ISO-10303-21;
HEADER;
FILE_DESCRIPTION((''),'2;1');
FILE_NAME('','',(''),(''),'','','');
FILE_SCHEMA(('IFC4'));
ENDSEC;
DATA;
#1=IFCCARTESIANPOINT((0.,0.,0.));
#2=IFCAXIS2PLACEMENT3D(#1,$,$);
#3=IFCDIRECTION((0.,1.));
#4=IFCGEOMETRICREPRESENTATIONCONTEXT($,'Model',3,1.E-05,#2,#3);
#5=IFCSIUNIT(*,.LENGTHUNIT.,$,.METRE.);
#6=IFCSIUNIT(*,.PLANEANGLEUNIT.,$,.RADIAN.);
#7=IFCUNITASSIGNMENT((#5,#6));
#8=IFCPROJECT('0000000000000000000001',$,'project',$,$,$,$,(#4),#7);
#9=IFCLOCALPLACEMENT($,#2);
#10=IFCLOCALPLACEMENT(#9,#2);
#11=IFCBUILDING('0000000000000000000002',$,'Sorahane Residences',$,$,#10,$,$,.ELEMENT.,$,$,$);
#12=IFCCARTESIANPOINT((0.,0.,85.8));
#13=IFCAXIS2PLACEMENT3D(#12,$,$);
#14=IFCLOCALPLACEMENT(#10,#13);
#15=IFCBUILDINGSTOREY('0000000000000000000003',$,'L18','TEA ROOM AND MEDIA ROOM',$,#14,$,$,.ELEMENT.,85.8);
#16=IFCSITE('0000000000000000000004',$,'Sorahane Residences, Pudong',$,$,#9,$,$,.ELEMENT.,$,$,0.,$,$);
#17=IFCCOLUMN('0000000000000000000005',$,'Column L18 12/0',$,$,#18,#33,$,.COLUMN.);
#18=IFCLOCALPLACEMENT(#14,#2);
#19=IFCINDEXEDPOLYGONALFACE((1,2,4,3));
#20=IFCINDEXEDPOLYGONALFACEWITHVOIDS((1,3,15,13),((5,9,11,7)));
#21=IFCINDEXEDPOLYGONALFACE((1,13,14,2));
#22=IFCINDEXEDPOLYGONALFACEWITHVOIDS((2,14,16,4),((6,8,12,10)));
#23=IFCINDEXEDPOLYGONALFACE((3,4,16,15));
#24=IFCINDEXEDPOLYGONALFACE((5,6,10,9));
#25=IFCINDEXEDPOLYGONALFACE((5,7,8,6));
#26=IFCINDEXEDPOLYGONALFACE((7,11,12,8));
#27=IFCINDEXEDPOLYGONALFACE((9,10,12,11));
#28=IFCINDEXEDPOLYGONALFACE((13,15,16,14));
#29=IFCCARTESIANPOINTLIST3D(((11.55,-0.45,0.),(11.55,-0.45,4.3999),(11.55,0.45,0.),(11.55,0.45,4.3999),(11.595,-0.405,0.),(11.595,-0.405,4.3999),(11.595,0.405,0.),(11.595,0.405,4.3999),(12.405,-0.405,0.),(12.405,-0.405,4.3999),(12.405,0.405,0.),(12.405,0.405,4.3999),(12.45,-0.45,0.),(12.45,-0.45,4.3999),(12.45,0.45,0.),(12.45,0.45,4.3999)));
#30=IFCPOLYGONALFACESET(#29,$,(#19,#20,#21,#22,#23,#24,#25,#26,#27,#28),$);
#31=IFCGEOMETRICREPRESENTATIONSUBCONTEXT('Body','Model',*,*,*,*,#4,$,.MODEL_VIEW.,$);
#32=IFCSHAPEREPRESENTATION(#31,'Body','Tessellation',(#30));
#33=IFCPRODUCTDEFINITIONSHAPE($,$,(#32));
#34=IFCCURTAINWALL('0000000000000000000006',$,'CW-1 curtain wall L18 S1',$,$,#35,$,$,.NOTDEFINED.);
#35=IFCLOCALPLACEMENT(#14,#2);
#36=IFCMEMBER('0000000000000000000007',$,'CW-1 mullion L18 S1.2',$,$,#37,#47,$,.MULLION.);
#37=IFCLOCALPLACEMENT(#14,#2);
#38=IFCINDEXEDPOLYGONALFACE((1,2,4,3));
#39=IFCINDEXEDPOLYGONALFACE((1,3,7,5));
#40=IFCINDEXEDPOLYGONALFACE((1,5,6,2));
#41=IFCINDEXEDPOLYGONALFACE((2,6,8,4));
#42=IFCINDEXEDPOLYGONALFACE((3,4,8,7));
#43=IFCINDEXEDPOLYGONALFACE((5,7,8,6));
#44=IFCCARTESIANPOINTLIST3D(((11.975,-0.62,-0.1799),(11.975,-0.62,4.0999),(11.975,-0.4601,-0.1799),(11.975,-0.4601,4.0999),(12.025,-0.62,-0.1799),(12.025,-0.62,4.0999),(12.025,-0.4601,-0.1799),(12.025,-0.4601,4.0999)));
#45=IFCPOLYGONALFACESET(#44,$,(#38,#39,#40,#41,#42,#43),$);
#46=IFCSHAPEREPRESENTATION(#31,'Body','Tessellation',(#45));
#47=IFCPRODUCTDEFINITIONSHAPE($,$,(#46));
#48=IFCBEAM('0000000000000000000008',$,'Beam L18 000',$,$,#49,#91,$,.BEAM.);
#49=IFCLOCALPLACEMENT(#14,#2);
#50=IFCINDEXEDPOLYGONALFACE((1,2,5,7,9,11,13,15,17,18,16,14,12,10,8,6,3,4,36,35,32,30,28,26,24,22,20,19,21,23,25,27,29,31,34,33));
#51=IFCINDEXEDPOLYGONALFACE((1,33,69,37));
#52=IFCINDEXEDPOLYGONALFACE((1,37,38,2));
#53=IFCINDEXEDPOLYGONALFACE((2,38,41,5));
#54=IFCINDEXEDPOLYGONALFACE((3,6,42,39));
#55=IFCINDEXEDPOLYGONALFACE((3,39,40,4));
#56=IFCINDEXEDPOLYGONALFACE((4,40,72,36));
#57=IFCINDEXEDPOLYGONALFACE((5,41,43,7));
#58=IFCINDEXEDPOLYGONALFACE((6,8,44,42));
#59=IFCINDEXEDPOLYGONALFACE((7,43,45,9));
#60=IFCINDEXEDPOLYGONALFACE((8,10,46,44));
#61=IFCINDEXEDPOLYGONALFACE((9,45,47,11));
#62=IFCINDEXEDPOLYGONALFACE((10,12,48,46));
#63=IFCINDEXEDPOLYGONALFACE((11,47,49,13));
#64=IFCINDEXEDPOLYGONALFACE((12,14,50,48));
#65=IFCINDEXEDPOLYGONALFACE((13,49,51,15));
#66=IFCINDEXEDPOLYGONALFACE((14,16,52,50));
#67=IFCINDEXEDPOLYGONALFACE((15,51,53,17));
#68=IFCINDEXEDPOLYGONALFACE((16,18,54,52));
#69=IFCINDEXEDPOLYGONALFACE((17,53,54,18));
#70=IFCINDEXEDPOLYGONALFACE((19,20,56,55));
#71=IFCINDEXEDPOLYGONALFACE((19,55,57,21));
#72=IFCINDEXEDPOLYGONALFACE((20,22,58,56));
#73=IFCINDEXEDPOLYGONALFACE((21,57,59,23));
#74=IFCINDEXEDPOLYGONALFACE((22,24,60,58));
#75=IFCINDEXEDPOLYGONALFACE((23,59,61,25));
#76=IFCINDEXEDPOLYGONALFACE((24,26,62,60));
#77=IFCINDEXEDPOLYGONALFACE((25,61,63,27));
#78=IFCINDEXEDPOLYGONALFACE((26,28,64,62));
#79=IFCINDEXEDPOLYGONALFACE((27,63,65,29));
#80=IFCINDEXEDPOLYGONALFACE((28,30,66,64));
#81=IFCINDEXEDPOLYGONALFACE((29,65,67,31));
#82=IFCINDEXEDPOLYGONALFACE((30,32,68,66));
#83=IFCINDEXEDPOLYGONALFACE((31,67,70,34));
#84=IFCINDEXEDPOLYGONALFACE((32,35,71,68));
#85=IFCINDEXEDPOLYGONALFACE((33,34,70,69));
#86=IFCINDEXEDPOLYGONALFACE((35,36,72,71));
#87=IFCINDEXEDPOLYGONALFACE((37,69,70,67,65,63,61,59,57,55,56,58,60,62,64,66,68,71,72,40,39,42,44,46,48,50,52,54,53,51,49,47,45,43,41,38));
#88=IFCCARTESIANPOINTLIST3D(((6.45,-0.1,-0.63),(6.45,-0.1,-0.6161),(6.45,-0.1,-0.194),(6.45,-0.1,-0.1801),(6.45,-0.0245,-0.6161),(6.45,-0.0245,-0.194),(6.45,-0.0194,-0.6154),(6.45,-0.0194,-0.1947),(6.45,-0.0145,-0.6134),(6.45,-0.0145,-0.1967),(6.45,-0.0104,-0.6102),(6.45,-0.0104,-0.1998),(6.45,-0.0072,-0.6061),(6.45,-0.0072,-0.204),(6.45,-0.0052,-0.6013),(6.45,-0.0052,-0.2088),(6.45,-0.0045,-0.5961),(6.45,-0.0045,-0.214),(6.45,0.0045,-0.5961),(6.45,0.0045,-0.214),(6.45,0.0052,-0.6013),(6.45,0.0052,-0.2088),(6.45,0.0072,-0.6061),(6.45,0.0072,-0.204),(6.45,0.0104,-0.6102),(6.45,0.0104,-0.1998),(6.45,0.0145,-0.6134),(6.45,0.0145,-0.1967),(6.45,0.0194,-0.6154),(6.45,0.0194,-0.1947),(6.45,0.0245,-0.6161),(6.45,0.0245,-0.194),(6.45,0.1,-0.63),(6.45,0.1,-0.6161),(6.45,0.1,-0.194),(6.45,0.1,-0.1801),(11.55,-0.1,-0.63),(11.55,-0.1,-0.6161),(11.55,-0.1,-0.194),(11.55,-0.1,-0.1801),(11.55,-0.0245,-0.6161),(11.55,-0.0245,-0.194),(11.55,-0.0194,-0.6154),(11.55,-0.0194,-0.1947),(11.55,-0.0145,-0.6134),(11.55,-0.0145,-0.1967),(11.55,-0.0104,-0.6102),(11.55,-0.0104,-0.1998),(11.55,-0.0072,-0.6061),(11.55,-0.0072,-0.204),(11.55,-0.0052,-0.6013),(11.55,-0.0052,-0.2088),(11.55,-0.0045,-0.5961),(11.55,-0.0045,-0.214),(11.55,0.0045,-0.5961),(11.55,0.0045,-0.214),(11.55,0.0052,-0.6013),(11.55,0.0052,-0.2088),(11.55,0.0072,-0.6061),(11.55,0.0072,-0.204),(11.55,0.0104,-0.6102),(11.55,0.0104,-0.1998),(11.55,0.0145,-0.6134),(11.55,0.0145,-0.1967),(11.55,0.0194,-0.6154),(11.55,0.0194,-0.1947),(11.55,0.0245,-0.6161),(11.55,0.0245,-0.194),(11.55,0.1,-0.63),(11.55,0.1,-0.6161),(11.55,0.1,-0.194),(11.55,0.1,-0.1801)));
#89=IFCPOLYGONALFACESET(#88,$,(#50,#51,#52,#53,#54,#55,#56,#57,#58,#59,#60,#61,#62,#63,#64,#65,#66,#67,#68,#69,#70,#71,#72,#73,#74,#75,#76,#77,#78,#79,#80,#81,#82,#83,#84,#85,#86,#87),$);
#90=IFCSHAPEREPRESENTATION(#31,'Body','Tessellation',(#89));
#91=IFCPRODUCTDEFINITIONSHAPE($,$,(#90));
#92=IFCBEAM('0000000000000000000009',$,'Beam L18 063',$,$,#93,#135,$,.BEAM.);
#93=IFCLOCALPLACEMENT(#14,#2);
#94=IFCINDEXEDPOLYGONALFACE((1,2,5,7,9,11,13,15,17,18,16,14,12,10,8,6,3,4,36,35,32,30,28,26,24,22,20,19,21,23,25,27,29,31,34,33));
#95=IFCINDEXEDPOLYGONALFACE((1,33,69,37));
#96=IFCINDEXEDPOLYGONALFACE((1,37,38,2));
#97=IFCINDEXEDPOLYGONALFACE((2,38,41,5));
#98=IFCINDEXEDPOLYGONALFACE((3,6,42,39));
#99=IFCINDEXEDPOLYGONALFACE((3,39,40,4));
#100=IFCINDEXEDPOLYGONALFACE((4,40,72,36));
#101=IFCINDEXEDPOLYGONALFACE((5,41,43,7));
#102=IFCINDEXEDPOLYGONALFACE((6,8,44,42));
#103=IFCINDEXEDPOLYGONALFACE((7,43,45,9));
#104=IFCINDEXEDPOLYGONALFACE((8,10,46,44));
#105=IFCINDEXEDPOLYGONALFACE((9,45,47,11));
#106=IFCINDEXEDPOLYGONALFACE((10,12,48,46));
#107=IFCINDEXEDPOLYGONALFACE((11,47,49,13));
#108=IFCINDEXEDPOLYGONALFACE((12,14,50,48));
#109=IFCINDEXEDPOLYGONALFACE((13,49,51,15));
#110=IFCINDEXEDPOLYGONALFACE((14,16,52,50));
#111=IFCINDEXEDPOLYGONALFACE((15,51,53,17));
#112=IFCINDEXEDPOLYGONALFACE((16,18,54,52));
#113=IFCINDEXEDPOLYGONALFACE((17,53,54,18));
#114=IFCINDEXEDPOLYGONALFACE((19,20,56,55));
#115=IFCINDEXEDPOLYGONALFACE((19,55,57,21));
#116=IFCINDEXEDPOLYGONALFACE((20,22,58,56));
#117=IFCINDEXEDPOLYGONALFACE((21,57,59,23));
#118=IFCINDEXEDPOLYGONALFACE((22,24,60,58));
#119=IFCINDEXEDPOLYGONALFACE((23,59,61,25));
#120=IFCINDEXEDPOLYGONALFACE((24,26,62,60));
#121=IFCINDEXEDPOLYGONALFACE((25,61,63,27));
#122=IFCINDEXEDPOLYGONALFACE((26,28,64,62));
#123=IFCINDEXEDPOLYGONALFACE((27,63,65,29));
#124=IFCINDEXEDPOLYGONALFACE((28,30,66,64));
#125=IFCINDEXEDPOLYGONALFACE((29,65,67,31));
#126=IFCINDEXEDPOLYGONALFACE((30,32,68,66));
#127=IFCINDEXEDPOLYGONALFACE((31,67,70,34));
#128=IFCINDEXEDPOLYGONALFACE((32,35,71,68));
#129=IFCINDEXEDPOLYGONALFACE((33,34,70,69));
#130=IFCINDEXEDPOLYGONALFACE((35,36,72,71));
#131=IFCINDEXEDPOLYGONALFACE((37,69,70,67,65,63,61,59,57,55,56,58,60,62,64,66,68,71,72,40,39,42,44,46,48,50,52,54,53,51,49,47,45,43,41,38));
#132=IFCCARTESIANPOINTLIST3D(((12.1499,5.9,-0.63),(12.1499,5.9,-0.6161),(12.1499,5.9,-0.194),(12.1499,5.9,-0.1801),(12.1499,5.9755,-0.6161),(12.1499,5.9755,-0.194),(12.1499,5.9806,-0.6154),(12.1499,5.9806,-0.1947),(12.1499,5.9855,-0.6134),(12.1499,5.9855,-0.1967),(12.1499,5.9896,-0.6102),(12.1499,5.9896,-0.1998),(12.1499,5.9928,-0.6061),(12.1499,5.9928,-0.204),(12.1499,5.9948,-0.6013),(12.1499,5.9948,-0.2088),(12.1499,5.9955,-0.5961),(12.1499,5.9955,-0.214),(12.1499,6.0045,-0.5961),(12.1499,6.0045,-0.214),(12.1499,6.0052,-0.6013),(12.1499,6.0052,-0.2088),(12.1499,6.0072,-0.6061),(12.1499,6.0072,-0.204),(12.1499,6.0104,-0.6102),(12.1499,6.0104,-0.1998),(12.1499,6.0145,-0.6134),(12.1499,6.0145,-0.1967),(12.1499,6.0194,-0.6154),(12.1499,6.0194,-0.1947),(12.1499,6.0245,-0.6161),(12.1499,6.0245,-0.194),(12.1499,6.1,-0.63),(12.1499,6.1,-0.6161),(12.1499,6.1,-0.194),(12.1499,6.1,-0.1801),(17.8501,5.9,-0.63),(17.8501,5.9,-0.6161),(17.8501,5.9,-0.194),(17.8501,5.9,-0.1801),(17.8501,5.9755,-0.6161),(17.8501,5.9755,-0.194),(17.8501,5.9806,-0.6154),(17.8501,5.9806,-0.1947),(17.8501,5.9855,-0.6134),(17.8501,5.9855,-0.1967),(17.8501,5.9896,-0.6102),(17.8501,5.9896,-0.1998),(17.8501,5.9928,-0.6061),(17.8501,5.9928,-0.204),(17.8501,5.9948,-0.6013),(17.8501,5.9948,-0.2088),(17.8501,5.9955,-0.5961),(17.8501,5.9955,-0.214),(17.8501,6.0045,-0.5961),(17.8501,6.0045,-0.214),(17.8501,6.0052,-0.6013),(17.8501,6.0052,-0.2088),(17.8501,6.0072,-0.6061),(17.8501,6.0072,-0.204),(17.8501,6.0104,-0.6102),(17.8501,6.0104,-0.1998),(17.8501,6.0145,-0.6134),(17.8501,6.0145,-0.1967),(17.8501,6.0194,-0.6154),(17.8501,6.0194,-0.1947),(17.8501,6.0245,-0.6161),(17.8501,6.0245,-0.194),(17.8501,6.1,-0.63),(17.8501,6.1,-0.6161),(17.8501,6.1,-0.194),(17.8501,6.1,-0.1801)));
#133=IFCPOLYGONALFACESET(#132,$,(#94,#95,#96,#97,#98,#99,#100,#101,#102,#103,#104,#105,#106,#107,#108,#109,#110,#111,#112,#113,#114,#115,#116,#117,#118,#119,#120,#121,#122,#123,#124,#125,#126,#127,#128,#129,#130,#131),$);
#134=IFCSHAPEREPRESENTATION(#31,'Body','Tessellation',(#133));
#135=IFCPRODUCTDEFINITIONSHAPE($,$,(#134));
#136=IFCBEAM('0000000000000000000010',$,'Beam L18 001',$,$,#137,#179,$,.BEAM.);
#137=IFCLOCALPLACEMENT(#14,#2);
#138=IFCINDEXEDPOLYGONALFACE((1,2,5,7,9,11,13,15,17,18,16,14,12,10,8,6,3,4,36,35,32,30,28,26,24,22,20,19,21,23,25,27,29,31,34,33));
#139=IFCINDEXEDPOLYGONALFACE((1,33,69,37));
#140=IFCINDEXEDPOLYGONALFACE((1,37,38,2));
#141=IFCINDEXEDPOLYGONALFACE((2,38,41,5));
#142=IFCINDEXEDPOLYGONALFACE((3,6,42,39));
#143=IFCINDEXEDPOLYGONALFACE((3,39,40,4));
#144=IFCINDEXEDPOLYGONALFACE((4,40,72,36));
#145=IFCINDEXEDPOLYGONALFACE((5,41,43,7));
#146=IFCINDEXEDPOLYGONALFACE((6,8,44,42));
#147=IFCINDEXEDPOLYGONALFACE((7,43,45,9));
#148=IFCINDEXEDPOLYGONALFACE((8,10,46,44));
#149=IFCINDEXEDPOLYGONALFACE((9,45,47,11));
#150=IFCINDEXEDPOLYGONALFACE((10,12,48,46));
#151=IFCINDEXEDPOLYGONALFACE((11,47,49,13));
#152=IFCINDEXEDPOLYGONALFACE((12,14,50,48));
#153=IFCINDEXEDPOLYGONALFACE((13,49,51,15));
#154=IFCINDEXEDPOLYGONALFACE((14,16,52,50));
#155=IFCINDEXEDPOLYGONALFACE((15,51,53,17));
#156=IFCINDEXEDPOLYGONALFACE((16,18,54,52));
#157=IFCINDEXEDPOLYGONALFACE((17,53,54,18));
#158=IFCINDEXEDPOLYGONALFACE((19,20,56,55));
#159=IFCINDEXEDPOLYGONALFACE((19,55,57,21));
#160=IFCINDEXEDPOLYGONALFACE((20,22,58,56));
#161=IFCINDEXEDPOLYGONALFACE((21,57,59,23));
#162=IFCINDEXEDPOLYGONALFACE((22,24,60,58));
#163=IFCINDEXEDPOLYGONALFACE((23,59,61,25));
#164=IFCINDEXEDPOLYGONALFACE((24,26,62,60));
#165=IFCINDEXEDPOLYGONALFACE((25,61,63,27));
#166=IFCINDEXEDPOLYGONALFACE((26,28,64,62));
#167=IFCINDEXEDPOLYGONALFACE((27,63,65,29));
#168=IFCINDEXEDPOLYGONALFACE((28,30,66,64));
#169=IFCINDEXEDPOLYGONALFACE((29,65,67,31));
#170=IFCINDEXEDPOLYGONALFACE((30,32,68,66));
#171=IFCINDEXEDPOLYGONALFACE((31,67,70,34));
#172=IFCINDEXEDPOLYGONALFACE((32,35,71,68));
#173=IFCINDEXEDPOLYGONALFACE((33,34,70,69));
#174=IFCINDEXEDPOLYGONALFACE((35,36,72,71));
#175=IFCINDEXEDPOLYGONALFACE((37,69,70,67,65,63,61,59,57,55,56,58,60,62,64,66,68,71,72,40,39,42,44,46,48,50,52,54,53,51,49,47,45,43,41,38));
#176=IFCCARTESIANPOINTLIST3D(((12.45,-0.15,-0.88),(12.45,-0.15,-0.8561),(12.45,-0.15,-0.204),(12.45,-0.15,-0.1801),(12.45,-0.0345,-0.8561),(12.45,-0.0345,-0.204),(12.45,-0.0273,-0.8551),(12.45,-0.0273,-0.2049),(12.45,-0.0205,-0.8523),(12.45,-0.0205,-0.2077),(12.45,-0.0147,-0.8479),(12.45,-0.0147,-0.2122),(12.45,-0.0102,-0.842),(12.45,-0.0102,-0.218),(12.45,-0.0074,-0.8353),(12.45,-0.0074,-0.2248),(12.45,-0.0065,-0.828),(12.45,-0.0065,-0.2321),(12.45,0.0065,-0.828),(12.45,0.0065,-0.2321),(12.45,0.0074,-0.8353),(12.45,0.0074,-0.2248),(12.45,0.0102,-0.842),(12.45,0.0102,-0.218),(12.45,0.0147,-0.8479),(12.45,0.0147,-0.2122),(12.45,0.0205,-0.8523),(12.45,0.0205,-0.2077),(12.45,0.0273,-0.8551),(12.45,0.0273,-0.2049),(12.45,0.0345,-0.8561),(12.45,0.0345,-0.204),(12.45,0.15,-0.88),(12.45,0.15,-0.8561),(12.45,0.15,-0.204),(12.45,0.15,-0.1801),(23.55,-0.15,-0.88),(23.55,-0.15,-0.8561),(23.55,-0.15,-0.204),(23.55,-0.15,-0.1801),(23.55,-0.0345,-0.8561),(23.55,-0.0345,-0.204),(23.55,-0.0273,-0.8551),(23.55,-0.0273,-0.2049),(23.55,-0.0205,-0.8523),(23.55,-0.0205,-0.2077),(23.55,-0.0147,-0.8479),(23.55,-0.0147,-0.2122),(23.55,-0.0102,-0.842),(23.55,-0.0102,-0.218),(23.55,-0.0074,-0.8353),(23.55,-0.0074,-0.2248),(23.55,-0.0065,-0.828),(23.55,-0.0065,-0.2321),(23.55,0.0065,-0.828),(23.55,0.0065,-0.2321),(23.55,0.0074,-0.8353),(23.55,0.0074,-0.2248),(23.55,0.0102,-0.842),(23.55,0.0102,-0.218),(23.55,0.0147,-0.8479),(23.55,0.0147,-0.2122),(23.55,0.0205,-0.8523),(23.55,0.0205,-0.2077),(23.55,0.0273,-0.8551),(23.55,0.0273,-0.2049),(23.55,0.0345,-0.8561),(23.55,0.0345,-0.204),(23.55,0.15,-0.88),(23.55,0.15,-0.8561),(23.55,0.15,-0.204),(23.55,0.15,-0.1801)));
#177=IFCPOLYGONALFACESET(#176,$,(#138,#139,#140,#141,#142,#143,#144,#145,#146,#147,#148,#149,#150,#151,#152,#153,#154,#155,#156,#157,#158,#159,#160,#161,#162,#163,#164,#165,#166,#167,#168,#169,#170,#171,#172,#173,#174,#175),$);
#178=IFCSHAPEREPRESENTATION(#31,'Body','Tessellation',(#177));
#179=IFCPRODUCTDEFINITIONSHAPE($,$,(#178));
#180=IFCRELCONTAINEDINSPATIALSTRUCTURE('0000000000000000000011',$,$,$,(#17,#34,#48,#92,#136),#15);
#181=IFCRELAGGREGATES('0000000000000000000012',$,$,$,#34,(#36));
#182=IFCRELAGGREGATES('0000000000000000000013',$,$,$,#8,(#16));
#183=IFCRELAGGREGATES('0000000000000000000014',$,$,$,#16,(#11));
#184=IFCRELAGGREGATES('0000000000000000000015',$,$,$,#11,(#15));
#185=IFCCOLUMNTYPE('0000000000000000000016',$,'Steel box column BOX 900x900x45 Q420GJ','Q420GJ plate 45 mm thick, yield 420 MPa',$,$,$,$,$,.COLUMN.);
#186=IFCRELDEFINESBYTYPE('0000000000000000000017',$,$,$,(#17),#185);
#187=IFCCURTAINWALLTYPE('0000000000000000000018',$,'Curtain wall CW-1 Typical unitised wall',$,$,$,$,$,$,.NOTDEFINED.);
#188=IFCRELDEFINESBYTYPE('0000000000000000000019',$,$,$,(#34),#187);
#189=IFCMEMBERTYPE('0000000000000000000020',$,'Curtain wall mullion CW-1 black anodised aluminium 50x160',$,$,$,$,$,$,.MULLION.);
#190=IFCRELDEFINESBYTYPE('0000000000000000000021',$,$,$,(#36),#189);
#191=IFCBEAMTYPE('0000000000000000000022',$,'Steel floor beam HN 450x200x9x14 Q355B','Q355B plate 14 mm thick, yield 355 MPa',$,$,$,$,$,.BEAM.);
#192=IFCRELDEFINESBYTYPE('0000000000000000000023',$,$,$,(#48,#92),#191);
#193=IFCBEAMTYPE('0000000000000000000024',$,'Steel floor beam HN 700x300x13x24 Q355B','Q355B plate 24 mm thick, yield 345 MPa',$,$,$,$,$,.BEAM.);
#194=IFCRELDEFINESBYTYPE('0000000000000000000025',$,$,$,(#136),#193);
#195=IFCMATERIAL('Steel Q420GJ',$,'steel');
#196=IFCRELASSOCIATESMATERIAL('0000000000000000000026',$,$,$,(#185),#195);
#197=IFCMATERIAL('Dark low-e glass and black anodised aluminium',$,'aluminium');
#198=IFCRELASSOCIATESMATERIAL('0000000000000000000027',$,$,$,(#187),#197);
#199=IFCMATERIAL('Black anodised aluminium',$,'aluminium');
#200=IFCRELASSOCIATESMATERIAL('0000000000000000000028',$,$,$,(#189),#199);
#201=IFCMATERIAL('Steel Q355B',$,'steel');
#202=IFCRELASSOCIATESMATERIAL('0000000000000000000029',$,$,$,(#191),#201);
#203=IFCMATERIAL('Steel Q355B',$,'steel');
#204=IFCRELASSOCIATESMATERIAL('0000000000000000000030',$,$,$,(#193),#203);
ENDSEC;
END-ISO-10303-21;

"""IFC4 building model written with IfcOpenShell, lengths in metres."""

from ifc_helpers import new_model, si_unit, direction, frame, origin, origin_2d, place, context, subcontext, project, spatial, rectangle, hollow_rectangle, i_section, extrude, material, material_profile, profile_set, type_object, element, aggregate, save


model = new_model("IFC4")

# Units and contexts
model_context = context("Model", 3, precision=1e-05, world=origin(), true_north=direction((0.0, 1.0)))
body_context = subcontext(model_context, "Body", "Model", "MODEL_VIEW")
ifc_project = project(units=[si_unit("LENGTHUNIT", "METRE"), si_unit("PLANEANGLEUNIT", "RADIAN")], contexts=[model_context])

# Site, building, storey
site_placement = place(None, origin())
site = spatial("IfcSite", under=ifc_project, at=site_placement, Name="Sorahane Residences, Pudong", CompositionType="ELEMENT", RefElevation=0.0)
building_placement = place(site_placement, origin())
building = spatial("IfcBuilding", under=site, at=building_placement, Name="Sorahane Residences", CompositionType="ELEMENT")
storey_placement = place(building_placement, frame((0.0, 0.0, 85.8)))
storey = spatial("IfcBuildingStorey", under=building, at=storey_placement, Name="L18", Description="TEA ROOM AND MEDIA ROOM", CompositionType="ELEMENT", Elevation=85.8)

# Column
ifc_material_1 = material(Name="Steel Q420GJ", Category="steel")
ifc_material_profile_1 = material_profile(ifc_material_1, hollow_rectangle(XDim=0.8999, YDim=0.8999, WallThickness=0.0449, at=origin_2d()), Name="BOX 900x900x45")
ifc_profile_set_1 = profile_set([ifc_material_profile_1], Name="Steel Q420GJ")
column_type = type_object("IfcColumnType", Name="Steel box column BOX 900x900x45 Q420GJ", Description="Q420GJ plate 45 mm thick, yield 420 MPa", PredefinedType="COLUMN", material=ifc_profile_set_1)
column_placement = place(storey_placement, frame((12.0, 0.0, 0.0), z_axis=(0.0, 0.0, 1.0), x_axis=(1.0, 0.0, 0.0)))
element("IfcColumn", 1, at=column_placement, inside=storey, type_object=column_type, Name="Column L18 12/0", PredefinedType="COLUMN", context=body_context, shape_type="SweptSolid", body=[
    extrude(hollow_rectangle(XDim=0.8999, YDim=0.8999, WallThickness=0.0449, at=origin_2d()), origin(), (0.0, 0.0, 1.0), 4.3999),
])

# Curtain wall, member
ifc_material_2 = material(Name="Dark low-e glass and black anodised aluminium", Category="aluminium")
curtain_wall_type = type_object("IfcCurtainWallType", Name="Curtain wall CW-1 Typical unitised wall", PredefinedType="NOTDEFINED", material=ifc_material_2)
curtain_wall_placement = place(storey_placement, origin())
curtain_wall = element("IfcCurtainWall", 2, at=curtain_wall_placement, inside=storey, type_object=curtain_wall_type, Name="CW-1 curtain wall L18 S1", PredefinedType="NOTDEFINED")
ifc_material_3 = material(Name="Black anodised aluminium", Category="aluminium")
ifc_material_profile_2 = material_profile(ifc_material_3, rectangle(XDim=0.1599, YDim=0.05, at=origin_2d()), Name="Curtain wall mullion CW-1 black anodised aluminium 50x160")
ifc_profile_set_2 = profile_set([ifc_material_profile_2], Name="Black anodised aluminium")
member_type = type_object("IfcMemberType", Name="Curtain wall mullion CW-1 black anodised aluminium 50x160", PredefinedType="MULLION", material=ifc_profile_set_2)
member_placement = place(storey_placement, frame((12.0, -0.54, -0.1799), z_axis=(0.0, 0.0, 1.0), x_axis=(0.0, -1.0, 0.0)))
member = element("IfcMember", 3, at=member_placement, type_object=member_type, Name="CW-1 mullion L18 S1.2", PredefinedType="MULLION", context=body_context, shape_type="SweptSolid", body=[
    extrude(rectangle(XDim=0.1599, YDim=0.05, at=origin_2d()), origin(), (0.0, 0.0, 1.0), 4.2798),
])

# Beams
ifc_material_4 = material(Name="Steel Q355B", Category="steel")
ifc_material_profile_3 = material_profile(ifc_material_4, i_section(OverallWidth=0.2, OverallDepth=0.45, WebThickness=0.009, FlangeThickness=0.0139, FilletRadius=0.02, at=origin_2d()), Name="HN 450x200x9x14")
ifc_profile_set_3 = profile_set([ifc_material_profile_3], Name="Steel Q355B")
beam_type_1 = type_object("IfcBeamType", Name="Steel floor beam HN 450x200x9x14 Q355B", Description="Q355B plate 14 mm thick, yield 355 MPa", PredefinedType="BEAM", material=ifc_profile_set_3)
beam_1_placement = place(storey_placement, frame((6.45, 0.0, -0.405), z_axis=(1.0, 0.0, 0.0), x_axis=(0.0, 1.0, 0.0)))
element("IfcBeam", 4, at=beam_1_placement, inside=storey, type_object=beam_type_1, Name="Beam L18 000", PredefinedType="BEAM", context=body_context, shape_type="SweptSolid", body=[
    extrude(i_section(OverallWidth=0.2, OverallDepth=0.45, WebThickness=0.009, FlangeThickness=0.0139, FilletRadius=0.02, at=origin_2d()), origin(), (0.0, 0.0, 1.0), 5.1001),
])
beam_2_placement = place(storey_placement, frame((12.1499, 6.0, -0.405), z_axis=(1.0, 0.0, 0.0), x_axis=(0.0, 1.0, 0.0)))
element("IfcBeam", 5, at=beam_2_placement, inside=storey, type_object=beam_type_1, Name="Beam L18 063", PredefinedType="BEAM", context=body_context, shape_type="SweptSolid", body=[
    extrude(i_section(OverallWidth=0.2, OverallDepth=0.45, WebThickness=0.009, FlangeThickness=0.0139, FilletRadius=0.02, at=origin_2d()), origin(), (0.0, 0.0, 1.0), 5.7002),
])
ifc_material_5 = material(Name="Steel Q355B", Category="steel")
ifc_material_profile_4 = material_profile(ifc_material_5, i_section(OverallWidth=0.3, OverallDepth=0.7, WebThickness=0.0129, FlangeThickness=0.0239, FilletRadius=0.0281, at=origin_2d()), Name="HN 700x300x13x24")
ifc_profile_set_4 = profile_set([ifc_material_profile_4], Name="Steel Q355B")
beam_type_2 = type_object("IfcBeamType", Name="Steel floor beam HN 700x300x13x24 Q355B", Description="Q355B plate 24 mm thick, yield 345 MPa", PredefinedType="BEAM", material=ifc_profile_set_4)
beam_3_placement = place(storey_placement, frame((12.45, 0.0, -0.53), z_axis=(1.0, 0.0, 0.0), x_axis=(0.0, 1.0, 0.0)))
element("IfcBeam", 6, at=beam_3_placement, inside=storey, type_object=beam_type_2, Name="Beam L18 001", PredefinedType="BEAM", context=body_context, shape_type="SweptSolid", body=[
    extrude(i_section(OverallWidth=0.3, OverallDepth=0.7, WebThickness=0.0129, FlangeThickness=0.0239, FilletRadius=0.0281, at=origin_2d()), origin(), (0.0, 0.0, 1.0), 11.1001),
])

aggregate(curtain_wall, [member])

save(model, "model.ifc")
